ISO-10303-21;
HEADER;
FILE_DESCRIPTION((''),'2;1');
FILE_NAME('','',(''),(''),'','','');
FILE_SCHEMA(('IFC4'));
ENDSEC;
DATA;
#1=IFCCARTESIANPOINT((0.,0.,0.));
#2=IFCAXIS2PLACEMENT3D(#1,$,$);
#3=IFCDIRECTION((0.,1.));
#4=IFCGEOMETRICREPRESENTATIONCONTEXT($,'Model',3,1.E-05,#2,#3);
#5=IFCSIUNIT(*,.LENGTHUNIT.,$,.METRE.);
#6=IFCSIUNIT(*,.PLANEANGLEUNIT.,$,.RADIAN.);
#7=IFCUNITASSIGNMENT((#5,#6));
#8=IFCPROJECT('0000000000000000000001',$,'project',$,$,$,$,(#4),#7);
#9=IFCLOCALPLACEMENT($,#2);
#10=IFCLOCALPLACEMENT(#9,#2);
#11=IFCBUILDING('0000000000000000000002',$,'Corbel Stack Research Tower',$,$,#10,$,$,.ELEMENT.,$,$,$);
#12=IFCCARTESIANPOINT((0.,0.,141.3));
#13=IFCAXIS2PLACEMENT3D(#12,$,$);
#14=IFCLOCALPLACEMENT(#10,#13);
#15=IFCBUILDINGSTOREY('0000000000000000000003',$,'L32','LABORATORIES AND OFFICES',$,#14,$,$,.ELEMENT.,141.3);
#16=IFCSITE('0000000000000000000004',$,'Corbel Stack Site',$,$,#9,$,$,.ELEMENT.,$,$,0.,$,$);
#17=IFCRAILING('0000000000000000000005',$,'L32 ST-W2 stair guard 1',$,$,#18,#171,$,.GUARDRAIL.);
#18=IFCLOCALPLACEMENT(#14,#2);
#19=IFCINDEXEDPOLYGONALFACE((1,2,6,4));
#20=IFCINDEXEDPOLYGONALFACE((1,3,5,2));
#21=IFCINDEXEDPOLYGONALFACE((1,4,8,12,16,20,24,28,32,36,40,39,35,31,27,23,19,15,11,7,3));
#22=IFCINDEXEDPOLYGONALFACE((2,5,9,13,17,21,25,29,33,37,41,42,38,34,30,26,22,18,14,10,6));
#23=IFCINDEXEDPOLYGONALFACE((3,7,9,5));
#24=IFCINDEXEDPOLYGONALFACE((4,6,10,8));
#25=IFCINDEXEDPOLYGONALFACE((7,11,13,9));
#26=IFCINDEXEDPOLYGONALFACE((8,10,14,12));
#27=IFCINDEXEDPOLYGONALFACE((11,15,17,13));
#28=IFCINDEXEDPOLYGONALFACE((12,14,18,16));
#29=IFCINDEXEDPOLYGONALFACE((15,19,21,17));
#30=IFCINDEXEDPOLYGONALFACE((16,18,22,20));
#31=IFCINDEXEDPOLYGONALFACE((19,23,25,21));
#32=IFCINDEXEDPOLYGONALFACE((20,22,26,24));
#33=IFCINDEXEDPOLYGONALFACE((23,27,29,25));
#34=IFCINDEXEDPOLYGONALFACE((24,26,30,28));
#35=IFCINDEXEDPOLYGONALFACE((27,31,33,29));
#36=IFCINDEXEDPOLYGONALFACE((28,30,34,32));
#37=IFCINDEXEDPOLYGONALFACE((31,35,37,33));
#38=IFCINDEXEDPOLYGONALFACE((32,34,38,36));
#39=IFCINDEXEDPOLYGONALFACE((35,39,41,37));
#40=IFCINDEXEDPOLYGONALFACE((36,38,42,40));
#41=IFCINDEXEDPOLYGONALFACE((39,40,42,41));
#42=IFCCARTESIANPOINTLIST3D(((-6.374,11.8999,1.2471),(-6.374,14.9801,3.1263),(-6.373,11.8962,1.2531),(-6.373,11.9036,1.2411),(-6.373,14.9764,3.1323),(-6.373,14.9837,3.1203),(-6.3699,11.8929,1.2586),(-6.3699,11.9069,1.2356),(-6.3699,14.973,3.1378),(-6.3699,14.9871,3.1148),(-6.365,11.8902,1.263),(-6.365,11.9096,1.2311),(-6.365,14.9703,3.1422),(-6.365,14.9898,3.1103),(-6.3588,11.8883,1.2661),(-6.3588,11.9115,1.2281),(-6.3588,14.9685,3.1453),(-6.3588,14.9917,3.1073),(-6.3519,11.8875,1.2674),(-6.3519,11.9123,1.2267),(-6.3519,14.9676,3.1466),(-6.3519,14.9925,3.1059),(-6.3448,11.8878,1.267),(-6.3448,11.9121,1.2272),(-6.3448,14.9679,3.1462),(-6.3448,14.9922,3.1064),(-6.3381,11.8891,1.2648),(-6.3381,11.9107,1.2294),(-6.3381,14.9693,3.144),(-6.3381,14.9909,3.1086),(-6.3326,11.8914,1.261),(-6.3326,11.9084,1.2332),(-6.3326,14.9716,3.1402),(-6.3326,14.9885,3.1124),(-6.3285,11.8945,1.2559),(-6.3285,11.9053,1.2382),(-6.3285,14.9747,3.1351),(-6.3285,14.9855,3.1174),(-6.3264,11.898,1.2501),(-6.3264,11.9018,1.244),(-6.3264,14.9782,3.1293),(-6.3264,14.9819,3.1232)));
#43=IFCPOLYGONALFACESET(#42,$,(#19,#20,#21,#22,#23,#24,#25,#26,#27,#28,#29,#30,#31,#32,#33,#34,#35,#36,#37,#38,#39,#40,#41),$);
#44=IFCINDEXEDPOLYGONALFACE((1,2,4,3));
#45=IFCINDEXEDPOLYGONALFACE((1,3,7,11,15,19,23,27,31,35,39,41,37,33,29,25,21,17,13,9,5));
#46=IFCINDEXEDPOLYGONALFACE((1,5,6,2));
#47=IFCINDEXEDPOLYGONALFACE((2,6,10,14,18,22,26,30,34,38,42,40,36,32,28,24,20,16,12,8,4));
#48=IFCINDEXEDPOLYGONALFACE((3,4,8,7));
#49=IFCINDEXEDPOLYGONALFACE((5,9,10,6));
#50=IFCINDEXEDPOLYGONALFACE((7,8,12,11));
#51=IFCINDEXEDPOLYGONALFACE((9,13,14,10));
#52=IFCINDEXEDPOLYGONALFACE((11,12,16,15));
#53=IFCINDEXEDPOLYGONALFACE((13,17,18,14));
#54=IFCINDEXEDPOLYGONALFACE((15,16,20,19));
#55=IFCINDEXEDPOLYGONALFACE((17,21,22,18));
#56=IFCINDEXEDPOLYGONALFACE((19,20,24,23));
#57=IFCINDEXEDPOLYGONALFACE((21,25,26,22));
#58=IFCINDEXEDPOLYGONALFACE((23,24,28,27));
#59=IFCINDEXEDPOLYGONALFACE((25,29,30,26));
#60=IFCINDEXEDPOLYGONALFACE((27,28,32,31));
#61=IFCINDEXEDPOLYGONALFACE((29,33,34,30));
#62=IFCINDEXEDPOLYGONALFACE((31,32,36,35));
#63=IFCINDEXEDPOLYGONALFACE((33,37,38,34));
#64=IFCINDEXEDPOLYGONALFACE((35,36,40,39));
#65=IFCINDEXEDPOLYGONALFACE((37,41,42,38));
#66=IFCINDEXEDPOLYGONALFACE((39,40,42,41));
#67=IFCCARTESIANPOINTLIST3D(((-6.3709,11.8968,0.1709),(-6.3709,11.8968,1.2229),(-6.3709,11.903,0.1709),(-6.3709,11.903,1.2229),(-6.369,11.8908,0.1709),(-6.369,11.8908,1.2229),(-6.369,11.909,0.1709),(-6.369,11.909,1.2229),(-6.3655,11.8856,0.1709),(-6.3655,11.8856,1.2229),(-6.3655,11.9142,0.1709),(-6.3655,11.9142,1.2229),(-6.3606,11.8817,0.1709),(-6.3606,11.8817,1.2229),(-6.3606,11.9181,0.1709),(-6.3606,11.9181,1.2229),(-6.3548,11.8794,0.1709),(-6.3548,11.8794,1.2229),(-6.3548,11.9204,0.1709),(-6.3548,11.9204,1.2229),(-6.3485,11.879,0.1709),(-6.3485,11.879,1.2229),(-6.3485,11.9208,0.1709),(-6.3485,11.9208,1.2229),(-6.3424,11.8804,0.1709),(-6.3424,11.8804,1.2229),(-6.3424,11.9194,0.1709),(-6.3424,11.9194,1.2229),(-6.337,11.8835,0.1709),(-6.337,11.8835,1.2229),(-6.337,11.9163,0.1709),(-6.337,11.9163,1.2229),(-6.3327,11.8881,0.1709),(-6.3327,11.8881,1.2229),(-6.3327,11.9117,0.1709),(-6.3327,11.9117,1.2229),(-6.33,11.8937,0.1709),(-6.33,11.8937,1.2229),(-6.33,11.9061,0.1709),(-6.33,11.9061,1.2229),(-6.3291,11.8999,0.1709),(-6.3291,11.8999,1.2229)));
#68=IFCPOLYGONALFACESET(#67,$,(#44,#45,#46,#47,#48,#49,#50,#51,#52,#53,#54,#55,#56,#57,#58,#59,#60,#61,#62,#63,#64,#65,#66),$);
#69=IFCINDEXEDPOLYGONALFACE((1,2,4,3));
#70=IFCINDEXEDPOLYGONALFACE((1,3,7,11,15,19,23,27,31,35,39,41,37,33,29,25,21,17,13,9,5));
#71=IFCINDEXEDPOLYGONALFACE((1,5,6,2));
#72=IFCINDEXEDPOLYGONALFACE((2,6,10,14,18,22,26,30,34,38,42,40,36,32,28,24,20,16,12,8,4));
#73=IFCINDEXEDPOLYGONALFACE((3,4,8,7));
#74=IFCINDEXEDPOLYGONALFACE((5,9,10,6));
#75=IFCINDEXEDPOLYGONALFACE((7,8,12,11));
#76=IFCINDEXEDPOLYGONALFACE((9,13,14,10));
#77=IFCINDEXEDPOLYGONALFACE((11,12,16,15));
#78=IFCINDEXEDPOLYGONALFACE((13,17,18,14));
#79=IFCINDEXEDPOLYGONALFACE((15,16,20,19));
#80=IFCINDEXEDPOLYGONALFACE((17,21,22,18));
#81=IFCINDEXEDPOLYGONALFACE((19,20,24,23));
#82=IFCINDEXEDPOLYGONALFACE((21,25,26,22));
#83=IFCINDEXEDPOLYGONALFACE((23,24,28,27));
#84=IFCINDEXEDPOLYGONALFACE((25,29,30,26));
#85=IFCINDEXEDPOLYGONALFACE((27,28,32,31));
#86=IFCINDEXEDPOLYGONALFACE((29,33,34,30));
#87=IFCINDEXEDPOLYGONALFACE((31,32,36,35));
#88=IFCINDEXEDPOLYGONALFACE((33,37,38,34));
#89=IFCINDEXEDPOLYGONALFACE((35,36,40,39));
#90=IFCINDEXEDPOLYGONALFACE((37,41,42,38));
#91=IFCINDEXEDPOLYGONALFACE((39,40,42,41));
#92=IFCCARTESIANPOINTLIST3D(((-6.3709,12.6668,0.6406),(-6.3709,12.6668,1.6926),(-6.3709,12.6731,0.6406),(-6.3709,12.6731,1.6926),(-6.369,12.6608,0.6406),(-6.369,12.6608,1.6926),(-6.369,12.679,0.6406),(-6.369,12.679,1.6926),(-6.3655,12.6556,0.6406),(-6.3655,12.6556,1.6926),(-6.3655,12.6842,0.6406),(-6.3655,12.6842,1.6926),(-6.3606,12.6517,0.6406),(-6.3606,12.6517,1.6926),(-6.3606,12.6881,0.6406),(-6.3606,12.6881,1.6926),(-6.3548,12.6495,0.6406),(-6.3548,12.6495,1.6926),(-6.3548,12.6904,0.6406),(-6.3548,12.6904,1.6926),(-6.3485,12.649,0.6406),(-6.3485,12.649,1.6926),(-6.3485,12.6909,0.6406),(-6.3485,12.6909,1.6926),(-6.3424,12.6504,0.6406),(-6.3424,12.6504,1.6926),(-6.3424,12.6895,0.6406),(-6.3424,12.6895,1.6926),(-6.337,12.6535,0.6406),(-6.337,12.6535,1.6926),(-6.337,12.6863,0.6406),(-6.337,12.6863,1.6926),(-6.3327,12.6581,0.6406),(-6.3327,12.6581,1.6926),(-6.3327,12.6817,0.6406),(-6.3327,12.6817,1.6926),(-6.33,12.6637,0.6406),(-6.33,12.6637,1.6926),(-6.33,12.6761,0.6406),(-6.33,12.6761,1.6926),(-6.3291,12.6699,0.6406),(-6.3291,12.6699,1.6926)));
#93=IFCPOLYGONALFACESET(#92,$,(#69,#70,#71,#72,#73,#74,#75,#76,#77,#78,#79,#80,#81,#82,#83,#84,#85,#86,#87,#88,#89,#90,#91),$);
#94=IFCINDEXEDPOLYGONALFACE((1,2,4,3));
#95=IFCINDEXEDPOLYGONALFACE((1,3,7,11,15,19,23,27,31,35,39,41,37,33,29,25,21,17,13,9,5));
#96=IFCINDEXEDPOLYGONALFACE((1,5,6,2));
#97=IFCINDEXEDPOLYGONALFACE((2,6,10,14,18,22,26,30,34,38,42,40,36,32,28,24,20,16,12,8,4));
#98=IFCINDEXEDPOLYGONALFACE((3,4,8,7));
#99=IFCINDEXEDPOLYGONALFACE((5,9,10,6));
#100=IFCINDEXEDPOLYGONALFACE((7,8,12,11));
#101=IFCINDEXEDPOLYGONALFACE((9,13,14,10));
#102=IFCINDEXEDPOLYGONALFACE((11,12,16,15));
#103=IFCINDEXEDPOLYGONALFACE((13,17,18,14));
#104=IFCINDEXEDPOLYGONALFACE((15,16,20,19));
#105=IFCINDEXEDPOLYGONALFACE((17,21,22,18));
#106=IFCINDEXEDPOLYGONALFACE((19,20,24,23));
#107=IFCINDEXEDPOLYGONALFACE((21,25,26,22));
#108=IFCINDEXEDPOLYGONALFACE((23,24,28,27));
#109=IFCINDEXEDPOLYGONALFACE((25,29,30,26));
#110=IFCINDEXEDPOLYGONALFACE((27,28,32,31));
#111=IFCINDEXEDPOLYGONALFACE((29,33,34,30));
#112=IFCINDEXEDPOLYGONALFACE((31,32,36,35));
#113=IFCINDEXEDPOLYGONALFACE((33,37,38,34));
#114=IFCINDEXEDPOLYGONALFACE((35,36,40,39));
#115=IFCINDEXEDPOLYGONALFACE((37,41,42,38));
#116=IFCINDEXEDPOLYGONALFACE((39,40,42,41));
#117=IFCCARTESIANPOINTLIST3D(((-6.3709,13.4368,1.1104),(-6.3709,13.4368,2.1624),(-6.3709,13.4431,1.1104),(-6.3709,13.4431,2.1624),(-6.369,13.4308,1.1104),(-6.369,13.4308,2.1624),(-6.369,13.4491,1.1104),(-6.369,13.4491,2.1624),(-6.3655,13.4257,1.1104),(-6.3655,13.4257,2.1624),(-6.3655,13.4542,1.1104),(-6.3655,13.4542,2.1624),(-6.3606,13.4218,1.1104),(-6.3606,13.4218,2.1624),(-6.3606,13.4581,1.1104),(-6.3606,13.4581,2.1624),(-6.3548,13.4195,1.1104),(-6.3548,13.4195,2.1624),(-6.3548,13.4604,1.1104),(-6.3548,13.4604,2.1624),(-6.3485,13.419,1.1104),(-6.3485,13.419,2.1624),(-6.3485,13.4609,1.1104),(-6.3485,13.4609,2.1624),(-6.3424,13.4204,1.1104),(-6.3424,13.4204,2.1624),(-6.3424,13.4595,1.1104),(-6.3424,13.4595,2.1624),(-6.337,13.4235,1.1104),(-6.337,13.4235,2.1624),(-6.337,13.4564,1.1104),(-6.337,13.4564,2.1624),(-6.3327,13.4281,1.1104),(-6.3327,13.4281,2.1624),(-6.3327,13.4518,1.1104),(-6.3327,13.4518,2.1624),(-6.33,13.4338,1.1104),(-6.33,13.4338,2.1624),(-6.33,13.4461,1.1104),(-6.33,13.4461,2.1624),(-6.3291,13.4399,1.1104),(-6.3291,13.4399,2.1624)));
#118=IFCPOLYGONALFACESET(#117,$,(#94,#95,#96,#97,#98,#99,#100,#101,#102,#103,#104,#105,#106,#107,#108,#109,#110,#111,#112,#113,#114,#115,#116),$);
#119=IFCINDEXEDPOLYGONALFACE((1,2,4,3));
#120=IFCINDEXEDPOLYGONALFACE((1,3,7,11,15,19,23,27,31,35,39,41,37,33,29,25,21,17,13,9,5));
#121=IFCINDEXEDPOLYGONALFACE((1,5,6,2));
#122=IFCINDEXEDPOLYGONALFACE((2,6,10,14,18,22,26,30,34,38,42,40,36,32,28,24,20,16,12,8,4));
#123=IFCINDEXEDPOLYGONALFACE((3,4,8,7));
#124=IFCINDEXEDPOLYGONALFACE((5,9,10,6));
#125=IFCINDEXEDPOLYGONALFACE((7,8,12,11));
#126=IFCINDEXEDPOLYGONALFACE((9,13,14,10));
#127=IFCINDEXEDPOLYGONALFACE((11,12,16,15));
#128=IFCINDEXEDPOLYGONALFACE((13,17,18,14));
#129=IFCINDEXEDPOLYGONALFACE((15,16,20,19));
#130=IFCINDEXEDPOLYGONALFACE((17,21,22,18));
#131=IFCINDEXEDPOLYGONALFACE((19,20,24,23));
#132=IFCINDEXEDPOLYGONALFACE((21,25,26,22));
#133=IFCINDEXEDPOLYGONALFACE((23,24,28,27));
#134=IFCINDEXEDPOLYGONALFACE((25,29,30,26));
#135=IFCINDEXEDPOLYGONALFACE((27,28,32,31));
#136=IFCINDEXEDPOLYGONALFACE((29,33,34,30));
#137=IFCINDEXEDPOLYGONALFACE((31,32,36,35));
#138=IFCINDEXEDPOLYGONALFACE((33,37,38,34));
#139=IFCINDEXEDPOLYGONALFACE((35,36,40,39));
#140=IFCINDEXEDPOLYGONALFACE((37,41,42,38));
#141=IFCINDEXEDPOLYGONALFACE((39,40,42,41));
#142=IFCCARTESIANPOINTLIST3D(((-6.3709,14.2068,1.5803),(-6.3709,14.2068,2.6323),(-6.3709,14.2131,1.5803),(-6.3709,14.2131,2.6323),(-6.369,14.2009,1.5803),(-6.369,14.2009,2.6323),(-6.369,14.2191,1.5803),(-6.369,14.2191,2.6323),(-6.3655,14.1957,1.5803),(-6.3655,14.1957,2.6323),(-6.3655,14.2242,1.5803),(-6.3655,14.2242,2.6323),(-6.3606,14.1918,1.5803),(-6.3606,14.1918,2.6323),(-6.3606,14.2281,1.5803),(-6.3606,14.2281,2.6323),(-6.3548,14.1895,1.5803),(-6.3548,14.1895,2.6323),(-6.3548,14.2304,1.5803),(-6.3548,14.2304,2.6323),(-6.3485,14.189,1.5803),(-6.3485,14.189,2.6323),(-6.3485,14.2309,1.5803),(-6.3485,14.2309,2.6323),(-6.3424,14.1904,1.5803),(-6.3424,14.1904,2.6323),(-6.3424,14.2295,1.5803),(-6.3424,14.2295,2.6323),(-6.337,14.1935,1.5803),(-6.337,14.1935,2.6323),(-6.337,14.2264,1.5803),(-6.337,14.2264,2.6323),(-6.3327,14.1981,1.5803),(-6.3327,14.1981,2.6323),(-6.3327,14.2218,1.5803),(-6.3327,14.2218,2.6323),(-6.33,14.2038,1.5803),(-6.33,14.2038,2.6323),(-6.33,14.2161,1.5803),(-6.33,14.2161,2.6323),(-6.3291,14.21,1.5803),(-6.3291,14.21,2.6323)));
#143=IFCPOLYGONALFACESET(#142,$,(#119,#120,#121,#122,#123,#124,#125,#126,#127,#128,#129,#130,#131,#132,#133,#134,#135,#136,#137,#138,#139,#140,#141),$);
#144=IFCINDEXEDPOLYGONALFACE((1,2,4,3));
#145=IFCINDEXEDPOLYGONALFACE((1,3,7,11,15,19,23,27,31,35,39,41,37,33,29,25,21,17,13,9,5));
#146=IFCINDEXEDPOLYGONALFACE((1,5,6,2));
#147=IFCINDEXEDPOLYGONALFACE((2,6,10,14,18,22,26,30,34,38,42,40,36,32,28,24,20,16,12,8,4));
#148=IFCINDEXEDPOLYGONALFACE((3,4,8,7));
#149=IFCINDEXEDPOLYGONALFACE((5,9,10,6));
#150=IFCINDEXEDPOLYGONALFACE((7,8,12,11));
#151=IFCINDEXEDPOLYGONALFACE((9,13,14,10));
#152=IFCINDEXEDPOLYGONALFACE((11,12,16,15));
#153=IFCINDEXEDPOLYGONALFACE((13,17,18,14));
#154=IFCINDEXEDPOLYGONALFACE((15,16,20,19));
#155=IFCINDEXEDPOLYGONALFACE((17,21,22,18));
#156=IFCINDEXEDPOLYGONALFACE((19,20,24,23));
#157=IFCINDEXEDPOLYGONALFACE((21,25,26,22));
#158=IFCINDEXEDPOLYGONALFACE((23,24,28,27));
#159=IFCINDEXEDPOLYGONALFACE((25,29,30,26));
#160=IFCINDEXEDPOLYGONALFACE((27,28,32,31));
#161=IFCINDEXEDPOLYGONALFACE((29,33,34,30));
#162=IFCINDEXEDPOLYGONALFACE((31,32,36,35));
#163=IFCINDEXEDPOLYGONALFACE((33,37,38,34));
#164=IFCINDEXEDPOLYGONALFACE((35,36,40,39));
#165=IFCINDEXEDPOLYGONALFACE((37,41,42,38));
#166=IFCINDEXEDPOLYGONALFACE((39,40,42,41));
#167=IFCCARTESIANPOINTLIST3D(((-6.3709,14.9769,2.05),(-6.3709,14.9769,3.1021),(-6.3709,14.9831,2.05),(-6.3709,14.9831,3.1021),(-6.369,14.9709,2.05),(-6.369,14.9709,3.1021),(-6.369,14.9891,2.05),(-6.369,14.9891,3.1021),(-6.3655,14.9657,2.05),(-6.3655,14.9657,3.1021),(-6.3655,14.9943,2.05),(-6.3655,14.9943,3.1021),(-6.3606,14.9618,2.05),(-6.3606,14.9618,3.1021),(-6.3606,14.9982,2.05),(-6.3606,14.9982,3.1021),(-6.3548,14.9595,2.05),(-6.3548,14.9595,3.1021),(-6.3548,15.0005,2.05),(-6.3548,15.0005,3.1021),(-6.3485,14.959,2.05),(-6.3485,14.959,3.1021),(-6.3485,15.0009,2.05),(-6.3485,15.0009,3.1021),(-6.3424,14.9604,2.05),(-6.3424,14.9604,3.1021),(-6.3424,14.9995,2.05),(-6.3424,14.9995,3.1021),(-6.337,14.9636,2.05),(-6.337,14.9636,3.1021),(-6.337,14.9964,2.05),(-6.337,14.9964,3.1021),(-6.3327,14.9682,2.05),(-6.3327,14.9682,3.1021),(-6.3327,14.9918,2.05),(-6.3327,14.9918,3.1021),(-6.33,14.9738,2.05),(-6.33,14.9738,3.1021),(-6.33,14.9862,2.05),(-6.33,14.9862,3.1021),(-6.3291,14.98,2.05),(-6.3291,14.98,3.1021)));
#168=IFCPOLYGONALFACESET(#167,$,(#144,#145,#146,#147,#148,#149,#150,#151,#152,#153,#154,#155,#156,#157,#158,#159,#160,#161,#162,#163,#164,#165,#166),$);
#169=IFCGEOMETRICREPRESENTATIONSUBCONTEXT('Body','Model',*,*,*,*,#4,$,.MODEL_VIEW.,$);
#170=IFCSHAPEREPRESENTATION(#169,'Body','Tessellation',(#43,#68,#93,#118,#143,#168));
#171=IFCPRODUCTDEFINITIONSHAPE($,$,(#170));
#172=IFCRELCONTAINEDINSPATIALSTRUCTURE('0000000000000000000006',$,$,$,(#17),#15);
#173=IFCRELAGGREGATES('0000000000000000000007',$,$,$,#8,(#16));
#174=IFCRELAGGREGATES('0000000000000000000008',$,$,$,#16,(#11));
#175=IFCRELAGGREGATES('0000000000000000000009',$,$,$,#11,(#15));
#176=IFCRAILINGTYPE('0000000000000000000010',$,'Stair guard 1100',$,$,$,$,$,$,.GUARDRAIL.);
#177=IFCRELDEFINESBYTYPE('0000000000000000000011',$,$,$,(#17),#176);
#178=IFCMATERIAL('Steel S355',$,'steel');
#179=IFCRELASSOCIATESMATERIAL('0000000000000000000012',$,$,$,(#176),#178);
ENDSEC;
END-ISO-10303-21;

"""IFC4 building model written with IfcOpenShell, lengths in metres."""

from ifc_helpers import new_model, si_unit, direction, frame, origin, origin_2d, place, context, subcontext, project, spatial, circle, extrude, material, type_object, element, save


model = new_model("IFC4")

# Units and contexts
model_context = context("Model", 3, precision=1e-05, world=origin(), true_north=direction((0.0, 1.0)))
body_context = subcontext(model_context, "Body", "Model", "MODEL_VIEW")
ifc_project = project(units=[si_unit("LENGTHUNIT", "METRE"), si_unit("PLANEANGLEUNIT", "RADIAN")], contexts=[model_context])

# Site, building, storey
site_placement = place(None, origin())
site = spatial("IfcSite", under=ifc_project, at=site_placement, Name="Corbel Stack Site", CompositionType="ELEMENT", RefElevation=0.0)
building_placement = place(site_placement, origin())
building = spatial("IfcBuilding", under=site, at=building_placement, Name="Corbel Stack Research Tower", CompositionType="ELEMENT")
storey_placement = place(building_placement, frame((0.0, 0.0, 141.3)))
storey = spatial("IfcBuildingStorey", under=building, at=storey_placement, Name="L32", Description="LABORATORIES AND OFFICES", CompositionType="ELEMENT", Elevation=141.3)

# Railing
ifc_material_1 = material(Name="Steel S355", Category="steel")
railing_type_1 = type_object("IfcRailingType", Name="Stair guard 1100", PredefinedType="GUARDRAIL", material=ifc_material_1)
railing_1_placement = place(storey_placement, frame((-6.3501, 11.8999, 0.1709)))
element("IfcRailing", 1, at=railing_1_placement, inside=storey, type_object=railing_type_1, Name="L32 ST-W2 stair guard 1", PredefinedType="GUARDRAIL", context=body_context, shape_type="SweptSolid", body=[
    extrude(circle(Radius=0.0239, at=origin_2d()), frame((0.0, 0.0, 1.0762), z_axis=(0.0, 0.853666, 0.52082), x_axis=(-1.0, 0.0, 0.0)), (0.0, 0.0, 1.0), 3.6082),
    extrude(circle(Radius=0.021, at=origin_2d()), origin(), (0.0, 0.0, 1.0), 1.052),
    extrude(circle(Radius=0.021, at=origin_2d()), frame((0.0, 0.77, 0.4697)), (0.0, 0.0, 1.0), 1.052),
    extrude(circle(Radius=0.021, at=origin_2d()), frame((0.0, 1.54, 0.9395)), (0.0, 0.0, 1.0), 1.052),
    extrude(circle(Radius=0.021, at=origin_2d()), frame((0.0, 2.3101, 1.4094)), (0.0, 0.0, 1.0), 1.052),
    extrude(circle(Radius=0.021, at=origin_2d()), frame((0.0, 3.0801, 1.8792)), (0.0, 0.0, 1.0), 1.052),
])

save(model, "model.ifc")
